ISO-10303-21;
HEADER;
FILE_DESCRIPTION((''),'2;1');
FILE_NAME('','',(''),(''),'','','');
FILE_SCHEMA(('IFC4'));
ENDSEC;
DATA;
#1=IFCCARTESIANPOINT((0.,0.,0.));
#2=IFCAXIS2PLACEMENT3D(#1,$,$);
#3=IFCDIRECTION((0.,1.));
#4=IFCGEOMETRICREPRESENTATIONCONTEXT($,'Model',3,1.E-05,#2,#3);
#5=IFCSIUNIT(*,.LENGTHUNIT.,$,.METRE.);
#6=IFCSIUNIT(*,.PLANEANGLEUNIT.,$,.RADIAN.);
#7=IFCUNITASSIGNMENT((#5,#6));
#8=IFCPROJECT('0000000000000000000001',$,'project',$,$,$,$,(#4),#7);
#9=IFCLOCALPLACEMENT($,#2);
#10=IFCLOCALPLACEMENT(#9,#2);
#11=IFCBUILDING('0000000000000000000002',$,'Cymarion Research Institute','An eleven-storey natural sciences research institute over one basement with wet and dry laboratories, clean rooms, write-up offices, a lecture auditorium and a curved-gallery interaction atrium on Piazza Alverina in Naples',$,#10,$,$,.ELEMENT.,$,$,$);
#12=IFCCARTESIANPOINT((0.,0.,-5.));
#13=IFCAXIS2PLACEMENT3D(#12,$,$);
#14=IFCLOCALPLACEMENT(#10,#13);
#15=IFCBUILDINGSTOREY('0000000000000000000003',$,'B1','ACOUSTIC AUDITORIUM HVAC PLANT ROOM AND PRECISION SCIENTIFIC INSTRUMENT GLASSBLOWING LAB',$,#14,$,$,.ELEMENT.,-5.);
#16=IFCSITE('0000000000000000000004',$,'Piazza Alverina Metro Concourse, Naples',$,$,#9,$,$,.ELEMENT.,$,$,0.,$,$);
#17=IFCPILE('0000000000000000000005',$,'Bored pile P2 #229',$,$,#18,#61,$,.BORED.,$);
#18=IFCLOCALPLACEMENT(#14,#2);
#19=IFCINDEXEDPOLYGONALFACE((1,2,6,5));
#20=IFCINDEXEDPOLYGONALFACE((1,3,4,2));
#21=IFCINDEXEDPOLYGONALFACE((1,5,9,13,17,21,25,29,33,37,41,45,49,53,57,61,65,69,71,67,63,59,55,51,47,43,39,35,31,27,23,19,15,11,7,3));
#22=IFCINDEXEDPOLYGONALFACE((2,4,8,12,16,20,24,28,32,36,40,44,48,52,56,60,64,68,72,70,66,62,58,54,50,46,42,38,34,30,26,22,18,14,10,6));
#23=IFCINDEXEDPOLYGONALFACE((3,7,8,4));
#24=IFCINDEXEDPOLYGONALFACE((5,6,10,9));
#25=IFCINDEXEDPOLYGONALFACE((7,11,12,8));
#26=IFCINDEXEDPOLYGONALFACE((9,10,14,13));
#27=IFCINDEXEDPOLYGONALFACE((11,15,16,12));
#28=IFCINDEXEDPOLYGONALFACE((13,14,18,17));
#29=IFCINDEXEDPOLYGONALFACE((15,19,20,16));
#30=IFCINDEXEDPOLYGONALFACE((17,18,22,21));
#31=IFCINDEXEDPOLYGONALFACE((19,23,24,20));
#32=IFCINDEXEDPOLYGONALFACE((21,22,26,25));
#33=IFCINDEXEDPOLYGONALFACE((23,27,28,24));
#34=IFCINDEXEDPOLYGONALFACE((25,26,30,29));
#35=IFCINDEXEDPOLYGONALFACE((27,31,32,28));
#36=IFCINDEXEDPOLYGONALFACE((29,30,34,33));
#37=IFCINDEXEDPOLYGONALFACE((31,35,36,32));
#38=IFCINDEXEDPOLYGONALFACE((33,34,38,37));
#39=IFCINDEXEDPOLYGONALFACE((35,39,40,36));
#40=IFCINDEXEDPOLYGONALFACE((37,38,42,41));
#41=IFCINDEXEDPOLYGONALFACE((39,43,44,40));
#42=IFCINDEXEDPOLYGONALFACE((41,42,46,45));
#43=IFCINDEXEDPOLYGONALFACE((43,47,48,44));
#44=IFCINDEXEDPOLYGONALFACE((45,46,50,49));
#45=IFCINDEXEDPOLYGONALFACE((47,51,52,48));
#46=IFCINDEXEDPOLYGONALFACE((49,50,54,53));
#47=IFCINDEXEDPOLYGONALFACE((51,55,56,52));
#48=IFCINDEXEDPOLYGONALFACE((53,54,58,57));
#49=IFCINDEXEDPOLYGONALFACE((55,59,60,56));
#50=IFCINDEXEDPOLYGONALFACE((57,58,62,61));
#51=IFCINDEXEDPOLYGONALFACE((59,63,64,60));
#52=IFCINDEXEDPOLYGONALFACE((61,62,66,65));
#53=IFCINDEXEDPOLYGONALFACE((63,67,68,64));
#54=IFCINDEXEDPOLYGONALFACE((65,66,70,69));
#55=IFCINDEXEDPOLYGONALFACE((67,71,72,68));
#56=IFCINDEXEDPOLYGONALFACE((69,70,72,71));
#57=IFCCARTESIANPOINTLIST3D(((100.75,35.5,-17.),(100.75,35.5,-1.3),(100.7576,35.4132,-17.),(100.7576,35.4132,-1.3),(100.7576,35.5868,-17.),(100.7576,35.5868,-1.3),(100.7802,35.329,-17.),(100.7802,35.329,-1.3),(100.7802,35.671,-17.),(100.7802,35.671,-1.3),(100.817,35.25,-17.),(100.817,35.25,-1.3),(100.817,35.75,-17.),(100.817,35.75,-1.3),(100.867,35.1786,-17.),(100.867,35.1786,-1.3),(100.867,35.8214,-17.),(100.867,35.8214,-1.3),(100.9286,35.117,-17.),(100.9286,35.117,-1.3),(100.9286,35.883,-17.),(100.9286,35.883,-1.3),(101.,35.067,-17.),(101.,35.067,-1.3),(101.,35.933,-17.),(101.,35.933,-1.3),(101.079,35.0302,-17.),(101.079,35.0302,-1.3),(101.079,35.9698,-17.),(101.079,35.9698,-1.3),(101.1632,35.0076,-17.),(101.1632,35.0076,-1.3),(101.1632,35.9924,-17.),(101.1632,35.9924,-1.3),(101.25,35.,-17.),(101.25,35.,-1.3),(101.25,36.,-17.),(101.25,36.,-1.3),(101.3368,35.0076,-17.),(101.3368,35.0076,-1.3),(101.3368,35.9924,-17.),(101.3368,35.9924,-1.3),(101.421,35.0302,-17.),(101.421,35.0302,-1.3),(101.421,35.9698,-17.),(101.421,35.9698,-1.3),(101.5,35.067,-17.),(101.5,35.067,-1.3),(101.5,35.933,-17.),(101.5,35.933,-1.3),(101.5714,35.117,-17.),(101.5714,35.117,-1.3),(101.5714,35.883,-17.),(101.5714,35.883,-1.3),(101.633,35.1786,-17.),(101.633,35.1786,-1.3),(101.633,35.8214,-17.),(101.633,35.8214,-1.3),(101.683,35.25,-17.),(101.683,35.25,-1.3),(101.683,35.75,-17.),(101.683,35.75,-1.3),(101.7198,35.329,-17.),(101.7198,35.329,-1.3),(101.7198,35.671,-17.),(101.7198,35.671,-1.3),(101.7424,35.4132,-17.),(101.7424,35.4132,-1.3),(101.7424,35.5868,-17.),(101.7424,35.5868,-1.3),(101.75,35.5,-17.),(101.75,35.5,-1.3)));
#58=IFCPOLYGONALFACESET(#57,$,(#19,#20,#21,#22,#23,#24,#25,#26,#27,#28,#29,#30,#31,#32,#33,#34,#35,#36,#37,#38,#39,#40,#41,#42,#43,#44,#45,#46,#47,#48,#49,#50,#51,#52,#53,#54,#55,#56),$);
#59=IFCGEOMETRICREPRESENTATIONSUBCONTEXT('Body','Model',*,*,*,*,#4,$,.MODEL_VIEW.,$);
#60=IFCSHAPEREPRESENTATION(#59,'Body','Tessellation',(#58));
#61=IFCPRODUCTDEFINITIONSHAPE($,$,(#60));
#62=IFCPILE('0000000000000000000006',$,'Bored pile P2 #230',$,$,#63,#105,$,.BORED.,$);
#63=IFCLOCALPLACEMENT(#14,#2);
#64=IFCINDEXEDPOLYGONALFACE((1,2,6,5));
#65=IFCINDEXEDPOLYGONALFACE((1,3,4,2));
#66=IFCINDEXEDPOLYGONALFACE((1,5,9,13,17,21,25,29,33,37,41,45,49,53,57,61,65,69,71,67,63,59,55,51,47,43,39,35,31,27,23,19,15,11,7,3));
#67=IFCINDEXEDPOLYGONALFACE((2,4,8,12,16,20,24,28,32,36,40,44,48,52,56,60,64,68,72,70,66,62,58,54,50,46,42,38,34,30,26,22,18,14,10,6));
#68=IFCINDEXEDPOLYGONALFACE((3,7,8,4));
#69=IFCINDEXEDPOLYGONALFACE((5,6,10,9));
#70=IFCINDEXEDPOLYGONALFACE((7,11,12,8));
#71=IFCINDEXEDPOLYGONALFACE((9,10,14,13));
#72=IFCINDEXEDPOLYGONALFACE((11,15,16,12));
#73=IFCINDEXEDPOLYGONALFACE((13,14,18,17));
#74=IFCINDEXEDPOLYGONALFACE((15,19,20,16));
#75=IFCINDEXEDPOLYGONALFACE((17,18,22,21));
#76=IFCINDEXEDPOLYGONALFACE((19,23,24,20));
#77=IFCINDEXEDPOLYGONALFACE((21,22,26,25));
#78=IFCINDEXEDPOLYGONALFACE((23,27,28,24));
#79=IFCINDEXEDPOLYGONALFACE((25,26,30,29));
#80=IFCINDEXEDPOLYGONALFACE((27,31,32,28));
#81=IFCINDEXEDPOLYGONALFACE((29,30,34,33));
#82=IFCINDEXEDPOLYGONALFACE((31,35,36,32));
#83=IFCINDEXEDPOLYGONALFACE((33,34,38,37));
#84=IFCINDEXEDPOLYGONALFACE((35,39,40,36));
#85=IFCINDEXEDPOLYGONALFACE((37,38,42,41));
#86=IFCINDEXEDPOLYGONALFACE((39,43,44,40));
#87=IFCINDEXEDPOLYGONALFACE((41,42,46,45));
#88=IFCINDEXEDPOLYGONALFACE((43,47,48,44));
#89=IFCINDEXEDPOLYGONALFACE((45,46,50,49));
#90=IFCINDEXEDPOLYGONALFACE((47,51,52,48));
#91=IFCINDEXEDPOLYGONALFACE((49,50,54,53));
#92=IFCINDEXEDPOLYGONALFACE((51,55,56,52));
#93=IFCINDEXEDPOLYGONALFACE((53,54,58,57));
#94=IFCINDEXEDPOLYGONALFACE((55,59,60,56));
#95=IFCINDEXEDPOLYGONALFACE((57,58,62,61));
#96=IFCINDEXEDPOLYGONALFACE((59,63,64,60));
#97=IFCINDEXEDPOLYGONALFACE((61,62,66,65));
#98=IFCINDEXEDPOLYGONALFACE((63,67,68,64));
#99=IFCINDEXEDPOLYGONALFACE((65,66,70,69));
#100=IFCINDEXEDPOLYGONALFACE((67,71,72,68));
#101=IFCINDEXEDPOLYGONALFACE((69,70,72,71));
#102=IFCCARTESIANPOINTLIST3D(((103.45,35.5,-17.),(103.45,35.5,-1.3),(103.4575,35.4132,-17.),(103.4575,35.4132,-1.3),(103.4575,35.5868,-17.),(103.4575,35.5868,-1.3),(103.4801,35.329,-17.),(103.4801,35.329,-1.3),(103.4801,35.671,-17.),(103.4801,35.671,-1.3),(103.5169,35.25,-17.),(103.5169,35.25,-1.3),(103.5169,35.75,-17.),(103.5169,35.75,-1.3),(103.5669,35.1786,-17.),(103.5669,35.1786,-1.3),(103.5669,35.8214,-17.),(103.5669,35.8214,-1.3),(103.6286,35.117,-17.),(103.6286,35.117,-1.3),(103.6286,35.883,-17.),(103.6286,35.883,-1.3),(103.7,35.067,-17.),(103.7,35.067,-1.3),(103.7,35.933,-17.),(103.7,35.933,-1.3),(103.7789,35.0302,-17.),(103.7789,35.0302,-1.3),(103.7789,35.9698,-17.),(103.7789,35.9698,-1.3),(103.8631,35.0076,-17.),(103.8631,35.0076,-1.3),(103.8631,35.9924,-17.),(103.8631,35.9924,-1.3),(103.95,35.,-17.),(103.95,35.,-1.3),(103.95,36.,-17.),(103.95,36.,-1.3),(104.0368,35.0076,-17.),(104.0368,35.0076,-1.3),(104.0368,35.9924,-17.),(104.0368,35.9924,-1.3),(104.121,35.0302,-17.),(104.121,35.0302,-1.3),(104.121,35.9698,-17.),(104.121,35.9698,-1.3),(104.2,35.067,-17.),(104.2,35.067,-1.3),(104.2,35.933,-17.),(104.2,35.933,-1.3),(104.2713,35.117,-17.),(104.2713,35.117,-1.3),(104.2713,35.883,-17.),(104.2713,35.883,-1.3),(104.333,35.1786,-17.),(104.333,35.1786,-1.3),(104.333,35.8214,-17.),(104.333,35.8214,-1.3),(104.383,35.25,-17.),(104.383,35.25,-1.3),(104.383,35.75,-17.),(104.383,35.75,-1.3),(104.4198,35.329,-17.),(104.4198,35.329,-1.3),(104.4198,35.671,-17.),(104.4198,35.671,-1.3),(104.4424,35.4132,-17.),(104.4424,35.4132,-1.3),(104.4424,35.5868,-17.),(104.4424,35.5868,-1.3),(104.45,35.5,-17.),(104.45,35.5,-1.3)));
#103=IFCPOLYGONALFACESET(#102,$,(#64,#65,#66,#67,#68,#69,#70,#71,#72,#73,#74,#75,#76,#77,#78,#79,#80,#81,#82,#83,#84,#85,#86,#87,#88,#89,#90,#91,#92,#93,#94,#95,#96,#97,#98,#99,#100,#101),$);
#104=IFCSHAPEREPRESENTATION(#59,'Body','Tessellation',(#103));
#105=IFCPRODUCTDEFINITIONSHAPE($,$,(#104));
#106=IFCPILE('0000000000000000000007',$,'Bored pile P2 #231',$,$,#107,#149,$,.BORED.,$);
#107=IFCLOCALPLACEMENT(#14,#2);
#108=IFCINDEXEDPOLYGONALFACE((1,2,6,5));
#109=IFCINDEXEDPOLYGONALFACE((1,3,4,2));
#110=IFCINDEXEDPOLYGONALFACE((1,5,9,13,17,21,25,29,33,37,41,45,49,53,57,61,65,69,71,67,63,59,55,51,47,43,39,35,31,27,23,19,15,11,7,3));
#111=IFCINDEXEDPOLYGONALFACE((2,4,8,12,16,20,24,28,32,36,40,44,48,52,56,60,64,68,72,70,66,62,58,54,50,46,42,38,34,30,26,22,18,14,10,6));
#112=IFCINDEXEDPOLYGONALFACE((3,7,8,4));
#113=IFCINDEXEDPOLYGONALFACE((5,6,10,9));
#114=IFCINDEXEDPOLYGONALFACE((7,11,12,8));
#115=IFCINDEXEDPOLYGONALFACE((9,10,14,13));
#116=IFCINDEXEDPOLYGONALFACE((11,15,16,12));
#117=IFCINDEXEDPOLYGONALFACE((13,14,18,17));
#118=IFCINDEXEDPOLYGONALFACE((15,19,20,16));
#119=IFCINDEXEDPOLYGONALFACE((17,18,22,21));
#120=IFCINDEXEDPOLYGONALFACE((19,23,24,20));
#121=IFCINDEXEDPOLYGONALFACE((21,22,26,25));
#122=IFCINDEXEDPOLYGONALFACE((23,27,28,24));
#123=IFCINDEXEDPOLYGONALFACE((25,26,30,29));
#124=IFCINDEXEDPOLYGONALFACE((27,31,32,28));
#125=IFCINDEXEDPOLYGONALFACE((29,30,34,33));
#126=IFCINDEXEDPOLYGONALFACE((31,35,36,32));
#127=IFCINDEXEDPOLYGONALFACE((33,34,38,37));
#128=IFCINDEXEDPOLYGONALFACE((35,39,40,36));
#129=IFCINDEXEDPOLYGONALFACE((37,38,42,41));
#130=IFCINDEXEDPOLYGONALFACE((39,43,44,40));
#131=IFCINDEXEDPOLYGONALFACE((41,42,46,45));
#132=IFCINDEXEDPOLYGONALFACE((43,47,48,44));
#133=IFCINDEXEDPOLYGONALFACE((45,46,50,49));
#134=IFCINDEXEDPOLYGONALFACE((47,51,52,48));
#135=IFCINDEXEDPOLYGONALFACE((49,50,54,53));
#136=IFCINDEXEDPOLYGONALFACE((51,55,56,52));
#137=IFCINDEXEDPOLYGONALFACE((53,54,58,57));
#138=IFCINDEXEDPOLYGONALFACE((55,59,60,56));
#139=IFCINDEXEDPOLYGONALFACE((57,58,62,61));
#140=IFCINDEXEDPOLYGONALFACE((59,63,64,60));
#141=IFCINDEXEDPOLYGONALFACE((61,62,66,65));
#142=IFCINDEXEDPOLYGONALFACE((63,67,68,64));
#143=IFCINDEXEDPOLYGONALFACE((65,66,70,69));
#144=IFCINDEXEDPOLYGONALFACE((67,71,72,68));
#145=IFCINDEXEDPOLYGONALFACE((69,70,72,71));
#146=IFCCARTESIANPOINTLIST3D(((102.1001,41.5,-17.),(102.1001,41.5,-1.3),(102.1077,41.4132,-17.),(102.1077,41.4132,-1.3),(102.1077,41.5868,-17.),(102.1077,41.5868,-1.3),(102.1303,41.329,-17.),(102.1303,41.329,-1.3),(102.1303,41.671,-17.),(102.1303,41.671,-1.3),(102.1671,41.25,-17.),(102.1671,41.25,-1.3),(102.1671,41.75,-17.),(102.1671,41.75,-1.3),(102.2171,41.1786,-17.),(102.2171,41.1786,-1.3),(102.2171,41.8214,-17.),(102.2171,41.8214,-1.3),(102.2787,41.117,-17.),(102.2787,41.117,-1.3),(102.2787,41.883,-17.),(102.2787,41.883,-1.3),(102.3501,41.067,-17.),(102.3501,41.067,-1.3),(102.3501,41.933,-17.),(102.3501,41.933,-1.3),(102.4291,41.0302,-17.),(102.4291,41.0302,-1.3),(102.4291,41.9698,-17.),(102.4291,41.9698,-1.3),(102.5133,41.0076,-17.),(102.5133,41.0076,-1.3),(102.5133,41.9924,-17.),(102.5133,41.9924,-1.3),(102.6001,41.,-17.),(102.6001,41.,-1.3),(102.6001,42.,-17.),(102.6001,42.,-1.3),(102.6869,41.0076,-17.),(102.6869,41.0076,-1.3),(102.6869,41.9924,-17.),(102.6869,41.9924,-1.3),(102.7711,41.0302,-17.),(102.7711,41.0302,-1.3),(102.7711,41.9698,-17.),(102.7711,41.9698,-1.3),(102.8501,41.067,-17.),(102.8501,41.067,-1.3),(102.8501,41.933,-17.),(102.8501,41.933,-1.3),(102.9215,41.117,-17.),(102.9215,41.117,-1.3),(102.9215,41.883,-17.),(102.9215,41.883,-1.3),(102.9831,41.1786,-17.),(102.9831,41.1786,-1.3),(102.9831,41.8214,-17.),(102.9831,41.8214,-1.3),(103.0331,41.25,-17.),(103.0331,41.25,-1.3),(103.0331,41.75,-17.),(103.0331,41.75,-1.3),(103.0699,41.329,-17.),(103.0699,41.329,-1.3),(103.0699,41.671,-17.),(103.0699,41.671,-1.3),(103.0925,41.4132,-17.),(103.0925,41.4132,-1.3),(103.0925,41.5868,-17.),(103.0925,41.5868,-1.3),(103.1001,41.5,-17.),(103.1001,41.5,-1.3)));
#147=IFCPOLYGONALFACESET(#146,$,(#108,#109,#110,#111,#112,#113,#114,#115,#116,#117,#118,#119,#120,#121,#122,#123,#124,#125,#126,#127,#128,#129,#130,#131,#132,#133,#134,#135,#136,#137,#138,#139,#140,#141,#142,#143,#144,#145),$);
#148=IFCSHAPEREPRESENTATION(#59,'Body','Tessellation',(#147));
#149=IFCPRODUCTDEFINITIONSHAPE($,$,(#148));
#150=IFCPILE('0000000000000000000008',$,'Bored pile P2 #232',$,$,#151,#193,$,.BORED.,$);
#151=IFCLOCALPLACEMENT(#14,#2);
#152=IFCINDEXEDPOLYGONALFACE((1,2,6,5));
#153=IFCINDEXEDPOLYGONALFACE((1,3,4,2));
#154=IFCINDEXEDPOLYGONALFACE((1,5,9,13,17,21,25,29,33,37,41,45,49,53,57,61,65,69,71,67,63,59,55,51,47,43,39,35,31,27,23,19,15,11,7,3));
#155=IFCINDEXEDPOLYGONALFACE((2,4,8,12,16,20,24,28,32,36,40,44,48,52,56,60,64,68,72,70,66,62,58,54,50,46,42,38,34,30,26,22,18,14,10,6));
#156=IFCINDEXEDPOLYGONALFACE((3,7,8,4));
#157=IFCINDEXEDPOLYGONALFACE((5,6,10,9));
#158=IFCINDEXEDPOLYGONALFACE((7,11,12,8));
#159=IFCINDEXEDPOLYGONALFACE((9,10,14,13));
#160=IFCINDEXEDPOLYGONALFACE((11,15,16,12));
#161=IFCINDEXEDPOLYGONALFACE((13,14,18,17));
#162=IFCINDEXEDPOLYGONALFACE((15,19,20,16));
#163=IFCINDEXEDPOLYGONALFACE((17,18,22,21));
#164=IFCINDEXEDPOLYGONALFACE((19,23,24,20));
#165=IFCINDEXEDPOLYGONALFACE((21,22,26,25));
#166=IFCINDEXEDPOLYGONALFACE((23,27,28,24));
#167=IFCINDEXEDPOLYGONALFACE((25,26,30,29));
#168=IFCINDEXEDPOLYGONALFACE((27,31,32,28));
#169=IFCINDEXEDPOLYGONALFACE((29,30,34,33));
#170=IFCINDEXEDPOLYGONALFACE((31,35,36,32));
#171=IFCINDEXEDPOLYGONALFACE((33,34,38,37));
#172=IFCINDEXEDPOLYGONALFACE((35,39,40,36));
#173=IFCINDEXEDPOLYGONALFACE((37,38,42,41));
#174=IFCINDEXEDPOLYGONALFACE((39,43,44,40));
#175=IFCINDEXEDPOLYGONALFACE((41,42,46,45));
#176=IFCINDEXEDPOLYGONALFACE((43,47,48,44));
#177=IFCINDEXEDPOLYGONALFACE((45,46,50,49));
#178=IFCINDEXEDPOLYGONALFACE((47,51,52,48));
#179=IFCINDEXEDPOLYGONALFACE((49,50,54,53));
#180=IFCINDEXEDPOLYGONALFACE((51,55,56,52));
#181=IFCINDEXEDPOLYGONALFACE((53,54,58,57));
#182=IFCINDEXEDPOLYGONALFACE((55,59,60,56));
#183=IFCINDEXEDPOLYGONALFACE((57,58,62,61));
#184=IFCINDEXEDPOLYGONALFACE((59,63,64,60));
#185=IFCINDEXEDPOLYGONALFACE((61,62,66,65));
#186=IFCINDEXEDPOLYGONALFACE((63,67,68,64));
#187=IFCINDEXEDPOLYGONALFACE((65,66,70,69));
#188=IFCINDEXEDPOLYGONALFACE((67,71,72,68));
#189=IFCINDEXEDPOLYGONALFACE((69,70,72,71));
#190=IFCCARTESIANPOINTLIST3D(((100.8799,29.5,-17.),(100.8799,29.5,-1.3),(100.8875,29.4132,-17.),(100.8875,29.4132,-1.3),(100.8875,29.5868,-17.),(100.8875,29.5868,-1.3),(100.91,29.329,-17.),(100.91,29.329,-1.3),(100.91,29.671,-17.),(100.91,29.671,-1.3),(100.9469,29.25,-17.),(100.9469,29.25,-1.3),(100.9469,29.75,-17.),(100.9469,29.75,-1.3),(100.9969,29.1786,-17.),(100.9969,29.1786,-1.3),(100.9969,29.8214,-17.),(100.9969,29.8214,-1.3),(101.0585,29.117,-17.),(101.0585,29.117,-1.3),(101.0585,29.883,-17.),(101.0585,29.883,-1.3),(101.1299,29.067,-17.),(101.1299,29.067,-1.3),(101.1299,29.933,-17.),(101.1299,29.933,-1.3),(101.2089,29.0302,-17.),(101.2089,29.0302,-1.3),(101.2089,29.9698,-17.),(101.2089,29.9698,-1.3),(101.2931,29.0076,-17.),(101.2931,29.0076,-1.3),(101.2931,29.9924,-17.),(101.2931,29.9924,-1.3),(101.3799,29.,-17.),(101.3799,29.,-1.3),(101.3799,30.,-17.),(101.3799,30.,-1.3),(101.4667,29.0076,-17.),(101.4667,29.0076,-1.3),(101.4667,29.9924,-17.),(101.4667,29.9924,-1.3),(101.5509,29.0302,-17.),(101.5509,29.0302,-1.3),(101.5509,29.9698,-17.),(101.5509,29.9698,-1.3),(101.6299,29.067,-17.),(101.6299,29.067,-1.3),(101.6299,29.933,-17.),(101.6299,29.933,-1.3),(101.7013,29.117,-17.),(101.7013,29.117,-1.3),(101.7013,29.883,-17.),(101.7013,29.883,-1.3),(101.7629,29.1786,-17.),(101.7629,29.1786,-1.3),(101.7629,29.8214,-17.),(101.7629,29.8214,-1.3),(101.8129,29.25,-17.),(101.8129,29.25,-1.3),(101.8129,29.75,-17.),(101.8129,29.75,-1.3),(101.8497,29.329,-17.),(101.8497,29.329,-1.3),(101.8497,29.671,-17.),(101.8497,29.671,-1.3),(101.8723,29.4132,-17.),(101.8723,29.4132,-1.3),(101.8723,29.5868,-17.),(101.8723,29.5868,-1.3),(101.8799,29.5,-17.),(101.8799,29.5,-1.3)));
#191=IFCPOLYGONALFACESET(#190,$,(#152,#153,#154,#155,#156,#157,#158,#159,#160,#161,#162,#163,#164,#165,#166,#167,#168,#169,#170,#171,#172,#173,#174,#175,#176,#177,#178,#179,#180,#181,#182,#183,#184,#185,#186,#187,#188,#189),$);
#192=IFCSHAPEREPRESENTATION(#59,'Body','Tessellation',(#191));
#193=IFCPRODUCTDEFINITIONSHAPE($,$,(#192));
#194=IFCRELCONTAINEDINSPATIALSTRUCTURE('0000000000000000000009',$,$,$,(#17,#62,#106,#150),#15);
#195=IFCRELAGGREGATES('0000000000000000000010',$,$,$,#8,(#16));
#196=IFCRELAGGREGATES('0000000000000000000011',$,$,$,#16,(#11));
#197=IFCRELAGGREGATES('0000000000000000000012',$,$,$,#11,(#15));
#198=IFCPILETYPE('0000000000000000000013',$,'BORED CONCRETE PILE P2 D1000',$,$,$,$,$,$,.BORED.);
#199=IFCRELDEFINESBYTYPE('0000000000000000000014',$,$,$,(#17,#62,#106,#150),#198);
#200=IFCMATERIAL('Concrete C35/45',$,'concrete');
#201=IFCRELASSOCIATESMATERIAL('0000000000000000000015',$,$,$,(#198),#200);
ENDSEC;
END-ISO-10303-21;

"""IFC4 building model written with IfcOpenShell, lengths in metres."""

from ifc_helpers import new_model, si_unit, direction, frame, origin, origin_2d, place, context, subcontext, project, spatial, circle, extrude, material, material_profile, profile_set, type_object, element, save


model = new_model("IFC4")

# Units and contexts
model_context = context("Model", 3, precision=1e-05, world=origin(), true_north=direction((0.0, 1.0)))
body_context = subcontext(model_context, "Body", "Model", "MODEL_VIEW")
ifc_project = project(units=[si_unit("LENGTHUNIT", "METRE"), si_unit("PLANEANGLEUNIT", "RADIAN")], contexts=[model_context])

# Site, building, storey
site_placement = place(None, origin())
site = spatial("IfcSite", under=ifc_project, at=site_placement, Name="Piazza Alverina Metro Concourse, Naples", CompositionType="ELEMENT", RefElevation=0.0)
building_placement = place(site_placement, origin())
building = spatial("IfcBuilding", under=site, at=building_placement, Name="Cymarion Research Institute", Description="An eleven-storey natural sciences research institute over one basement with wet and dry laboratories, clean rooms, write-up offices, a lecture auditorium and a curved-gallery interaction atrium on Piazza Alverina in Naples", CompositionType="ELEMENT")
storey_placement = place(building_placement, frame((0.0, 0.0, -5.0)))
storey = spatial("IfcBuildingStorey", under=building, at=storey_placement, Name="B1", Description="ACOUSTIC AUDITORIUM HVAC PLANT ROOM AND PRECISION SCIENTIFIC INSTRUMENT GLASSBLOWING LAB", CompositionType="ELEMENT", Elevation=-5.0)

# Piles
ifc_material_1 = material(Name="Concrete C35/45", Category="concrete")
ifc_material_profile_1 = material_profile(ifc_material_1, circle(Radius=0.5, at=origin_2d()), Name="BORED PILE D1000")
ifc_profile_set_1 = profile_set([ifc_material_profile_1], Name="Concrete C35/45")
pile_type_1 = type_object("IfcPileType", Name="BORED CONCRETE PILE P2 D1000", PredefinedType="BORED", material=ifc_profile_set_1)
for number, where, z_axis, x_axis, name in (
    (1, (101.25, 35.5, -1.3), (0.0, 0.0, -1.0), (1.0, 0.0, 0.0), "Bored pile P2 #229"),
    (2, (103.95, 35.5, -1.3), (0.0, 0.0, -1.0), (1.0, 0.0, 0.0), "Bored pile P2 #230"),
    (3, (102.6001, 41.5, -1.3), (0.0, 0.0, -1.0), (1.0, 0.0, 0.0), "Bored pile P2 #231"),
    (4, (101.3799, 29.5, -1.3), (0.0, 0.0, -1.0), (1.0, 0.0, 0.0), "Bored pile P2 #232"),
):
    element("IfcPile", number, at=place(storey_placement, frame(where, z_axis=z_axis, x_axis=x_axis)), inside=storey, type_object=pile_type_1, Name=name, PredefinedType="BORED", context=body_context, shape_type="SweptSolid", body=[
        extrude(circle(Radius=0.5, at=origin_2d()), origin(), (0.0, 0.0, 1.0), 15.7),
    ])

save(model, "model.ifc")
